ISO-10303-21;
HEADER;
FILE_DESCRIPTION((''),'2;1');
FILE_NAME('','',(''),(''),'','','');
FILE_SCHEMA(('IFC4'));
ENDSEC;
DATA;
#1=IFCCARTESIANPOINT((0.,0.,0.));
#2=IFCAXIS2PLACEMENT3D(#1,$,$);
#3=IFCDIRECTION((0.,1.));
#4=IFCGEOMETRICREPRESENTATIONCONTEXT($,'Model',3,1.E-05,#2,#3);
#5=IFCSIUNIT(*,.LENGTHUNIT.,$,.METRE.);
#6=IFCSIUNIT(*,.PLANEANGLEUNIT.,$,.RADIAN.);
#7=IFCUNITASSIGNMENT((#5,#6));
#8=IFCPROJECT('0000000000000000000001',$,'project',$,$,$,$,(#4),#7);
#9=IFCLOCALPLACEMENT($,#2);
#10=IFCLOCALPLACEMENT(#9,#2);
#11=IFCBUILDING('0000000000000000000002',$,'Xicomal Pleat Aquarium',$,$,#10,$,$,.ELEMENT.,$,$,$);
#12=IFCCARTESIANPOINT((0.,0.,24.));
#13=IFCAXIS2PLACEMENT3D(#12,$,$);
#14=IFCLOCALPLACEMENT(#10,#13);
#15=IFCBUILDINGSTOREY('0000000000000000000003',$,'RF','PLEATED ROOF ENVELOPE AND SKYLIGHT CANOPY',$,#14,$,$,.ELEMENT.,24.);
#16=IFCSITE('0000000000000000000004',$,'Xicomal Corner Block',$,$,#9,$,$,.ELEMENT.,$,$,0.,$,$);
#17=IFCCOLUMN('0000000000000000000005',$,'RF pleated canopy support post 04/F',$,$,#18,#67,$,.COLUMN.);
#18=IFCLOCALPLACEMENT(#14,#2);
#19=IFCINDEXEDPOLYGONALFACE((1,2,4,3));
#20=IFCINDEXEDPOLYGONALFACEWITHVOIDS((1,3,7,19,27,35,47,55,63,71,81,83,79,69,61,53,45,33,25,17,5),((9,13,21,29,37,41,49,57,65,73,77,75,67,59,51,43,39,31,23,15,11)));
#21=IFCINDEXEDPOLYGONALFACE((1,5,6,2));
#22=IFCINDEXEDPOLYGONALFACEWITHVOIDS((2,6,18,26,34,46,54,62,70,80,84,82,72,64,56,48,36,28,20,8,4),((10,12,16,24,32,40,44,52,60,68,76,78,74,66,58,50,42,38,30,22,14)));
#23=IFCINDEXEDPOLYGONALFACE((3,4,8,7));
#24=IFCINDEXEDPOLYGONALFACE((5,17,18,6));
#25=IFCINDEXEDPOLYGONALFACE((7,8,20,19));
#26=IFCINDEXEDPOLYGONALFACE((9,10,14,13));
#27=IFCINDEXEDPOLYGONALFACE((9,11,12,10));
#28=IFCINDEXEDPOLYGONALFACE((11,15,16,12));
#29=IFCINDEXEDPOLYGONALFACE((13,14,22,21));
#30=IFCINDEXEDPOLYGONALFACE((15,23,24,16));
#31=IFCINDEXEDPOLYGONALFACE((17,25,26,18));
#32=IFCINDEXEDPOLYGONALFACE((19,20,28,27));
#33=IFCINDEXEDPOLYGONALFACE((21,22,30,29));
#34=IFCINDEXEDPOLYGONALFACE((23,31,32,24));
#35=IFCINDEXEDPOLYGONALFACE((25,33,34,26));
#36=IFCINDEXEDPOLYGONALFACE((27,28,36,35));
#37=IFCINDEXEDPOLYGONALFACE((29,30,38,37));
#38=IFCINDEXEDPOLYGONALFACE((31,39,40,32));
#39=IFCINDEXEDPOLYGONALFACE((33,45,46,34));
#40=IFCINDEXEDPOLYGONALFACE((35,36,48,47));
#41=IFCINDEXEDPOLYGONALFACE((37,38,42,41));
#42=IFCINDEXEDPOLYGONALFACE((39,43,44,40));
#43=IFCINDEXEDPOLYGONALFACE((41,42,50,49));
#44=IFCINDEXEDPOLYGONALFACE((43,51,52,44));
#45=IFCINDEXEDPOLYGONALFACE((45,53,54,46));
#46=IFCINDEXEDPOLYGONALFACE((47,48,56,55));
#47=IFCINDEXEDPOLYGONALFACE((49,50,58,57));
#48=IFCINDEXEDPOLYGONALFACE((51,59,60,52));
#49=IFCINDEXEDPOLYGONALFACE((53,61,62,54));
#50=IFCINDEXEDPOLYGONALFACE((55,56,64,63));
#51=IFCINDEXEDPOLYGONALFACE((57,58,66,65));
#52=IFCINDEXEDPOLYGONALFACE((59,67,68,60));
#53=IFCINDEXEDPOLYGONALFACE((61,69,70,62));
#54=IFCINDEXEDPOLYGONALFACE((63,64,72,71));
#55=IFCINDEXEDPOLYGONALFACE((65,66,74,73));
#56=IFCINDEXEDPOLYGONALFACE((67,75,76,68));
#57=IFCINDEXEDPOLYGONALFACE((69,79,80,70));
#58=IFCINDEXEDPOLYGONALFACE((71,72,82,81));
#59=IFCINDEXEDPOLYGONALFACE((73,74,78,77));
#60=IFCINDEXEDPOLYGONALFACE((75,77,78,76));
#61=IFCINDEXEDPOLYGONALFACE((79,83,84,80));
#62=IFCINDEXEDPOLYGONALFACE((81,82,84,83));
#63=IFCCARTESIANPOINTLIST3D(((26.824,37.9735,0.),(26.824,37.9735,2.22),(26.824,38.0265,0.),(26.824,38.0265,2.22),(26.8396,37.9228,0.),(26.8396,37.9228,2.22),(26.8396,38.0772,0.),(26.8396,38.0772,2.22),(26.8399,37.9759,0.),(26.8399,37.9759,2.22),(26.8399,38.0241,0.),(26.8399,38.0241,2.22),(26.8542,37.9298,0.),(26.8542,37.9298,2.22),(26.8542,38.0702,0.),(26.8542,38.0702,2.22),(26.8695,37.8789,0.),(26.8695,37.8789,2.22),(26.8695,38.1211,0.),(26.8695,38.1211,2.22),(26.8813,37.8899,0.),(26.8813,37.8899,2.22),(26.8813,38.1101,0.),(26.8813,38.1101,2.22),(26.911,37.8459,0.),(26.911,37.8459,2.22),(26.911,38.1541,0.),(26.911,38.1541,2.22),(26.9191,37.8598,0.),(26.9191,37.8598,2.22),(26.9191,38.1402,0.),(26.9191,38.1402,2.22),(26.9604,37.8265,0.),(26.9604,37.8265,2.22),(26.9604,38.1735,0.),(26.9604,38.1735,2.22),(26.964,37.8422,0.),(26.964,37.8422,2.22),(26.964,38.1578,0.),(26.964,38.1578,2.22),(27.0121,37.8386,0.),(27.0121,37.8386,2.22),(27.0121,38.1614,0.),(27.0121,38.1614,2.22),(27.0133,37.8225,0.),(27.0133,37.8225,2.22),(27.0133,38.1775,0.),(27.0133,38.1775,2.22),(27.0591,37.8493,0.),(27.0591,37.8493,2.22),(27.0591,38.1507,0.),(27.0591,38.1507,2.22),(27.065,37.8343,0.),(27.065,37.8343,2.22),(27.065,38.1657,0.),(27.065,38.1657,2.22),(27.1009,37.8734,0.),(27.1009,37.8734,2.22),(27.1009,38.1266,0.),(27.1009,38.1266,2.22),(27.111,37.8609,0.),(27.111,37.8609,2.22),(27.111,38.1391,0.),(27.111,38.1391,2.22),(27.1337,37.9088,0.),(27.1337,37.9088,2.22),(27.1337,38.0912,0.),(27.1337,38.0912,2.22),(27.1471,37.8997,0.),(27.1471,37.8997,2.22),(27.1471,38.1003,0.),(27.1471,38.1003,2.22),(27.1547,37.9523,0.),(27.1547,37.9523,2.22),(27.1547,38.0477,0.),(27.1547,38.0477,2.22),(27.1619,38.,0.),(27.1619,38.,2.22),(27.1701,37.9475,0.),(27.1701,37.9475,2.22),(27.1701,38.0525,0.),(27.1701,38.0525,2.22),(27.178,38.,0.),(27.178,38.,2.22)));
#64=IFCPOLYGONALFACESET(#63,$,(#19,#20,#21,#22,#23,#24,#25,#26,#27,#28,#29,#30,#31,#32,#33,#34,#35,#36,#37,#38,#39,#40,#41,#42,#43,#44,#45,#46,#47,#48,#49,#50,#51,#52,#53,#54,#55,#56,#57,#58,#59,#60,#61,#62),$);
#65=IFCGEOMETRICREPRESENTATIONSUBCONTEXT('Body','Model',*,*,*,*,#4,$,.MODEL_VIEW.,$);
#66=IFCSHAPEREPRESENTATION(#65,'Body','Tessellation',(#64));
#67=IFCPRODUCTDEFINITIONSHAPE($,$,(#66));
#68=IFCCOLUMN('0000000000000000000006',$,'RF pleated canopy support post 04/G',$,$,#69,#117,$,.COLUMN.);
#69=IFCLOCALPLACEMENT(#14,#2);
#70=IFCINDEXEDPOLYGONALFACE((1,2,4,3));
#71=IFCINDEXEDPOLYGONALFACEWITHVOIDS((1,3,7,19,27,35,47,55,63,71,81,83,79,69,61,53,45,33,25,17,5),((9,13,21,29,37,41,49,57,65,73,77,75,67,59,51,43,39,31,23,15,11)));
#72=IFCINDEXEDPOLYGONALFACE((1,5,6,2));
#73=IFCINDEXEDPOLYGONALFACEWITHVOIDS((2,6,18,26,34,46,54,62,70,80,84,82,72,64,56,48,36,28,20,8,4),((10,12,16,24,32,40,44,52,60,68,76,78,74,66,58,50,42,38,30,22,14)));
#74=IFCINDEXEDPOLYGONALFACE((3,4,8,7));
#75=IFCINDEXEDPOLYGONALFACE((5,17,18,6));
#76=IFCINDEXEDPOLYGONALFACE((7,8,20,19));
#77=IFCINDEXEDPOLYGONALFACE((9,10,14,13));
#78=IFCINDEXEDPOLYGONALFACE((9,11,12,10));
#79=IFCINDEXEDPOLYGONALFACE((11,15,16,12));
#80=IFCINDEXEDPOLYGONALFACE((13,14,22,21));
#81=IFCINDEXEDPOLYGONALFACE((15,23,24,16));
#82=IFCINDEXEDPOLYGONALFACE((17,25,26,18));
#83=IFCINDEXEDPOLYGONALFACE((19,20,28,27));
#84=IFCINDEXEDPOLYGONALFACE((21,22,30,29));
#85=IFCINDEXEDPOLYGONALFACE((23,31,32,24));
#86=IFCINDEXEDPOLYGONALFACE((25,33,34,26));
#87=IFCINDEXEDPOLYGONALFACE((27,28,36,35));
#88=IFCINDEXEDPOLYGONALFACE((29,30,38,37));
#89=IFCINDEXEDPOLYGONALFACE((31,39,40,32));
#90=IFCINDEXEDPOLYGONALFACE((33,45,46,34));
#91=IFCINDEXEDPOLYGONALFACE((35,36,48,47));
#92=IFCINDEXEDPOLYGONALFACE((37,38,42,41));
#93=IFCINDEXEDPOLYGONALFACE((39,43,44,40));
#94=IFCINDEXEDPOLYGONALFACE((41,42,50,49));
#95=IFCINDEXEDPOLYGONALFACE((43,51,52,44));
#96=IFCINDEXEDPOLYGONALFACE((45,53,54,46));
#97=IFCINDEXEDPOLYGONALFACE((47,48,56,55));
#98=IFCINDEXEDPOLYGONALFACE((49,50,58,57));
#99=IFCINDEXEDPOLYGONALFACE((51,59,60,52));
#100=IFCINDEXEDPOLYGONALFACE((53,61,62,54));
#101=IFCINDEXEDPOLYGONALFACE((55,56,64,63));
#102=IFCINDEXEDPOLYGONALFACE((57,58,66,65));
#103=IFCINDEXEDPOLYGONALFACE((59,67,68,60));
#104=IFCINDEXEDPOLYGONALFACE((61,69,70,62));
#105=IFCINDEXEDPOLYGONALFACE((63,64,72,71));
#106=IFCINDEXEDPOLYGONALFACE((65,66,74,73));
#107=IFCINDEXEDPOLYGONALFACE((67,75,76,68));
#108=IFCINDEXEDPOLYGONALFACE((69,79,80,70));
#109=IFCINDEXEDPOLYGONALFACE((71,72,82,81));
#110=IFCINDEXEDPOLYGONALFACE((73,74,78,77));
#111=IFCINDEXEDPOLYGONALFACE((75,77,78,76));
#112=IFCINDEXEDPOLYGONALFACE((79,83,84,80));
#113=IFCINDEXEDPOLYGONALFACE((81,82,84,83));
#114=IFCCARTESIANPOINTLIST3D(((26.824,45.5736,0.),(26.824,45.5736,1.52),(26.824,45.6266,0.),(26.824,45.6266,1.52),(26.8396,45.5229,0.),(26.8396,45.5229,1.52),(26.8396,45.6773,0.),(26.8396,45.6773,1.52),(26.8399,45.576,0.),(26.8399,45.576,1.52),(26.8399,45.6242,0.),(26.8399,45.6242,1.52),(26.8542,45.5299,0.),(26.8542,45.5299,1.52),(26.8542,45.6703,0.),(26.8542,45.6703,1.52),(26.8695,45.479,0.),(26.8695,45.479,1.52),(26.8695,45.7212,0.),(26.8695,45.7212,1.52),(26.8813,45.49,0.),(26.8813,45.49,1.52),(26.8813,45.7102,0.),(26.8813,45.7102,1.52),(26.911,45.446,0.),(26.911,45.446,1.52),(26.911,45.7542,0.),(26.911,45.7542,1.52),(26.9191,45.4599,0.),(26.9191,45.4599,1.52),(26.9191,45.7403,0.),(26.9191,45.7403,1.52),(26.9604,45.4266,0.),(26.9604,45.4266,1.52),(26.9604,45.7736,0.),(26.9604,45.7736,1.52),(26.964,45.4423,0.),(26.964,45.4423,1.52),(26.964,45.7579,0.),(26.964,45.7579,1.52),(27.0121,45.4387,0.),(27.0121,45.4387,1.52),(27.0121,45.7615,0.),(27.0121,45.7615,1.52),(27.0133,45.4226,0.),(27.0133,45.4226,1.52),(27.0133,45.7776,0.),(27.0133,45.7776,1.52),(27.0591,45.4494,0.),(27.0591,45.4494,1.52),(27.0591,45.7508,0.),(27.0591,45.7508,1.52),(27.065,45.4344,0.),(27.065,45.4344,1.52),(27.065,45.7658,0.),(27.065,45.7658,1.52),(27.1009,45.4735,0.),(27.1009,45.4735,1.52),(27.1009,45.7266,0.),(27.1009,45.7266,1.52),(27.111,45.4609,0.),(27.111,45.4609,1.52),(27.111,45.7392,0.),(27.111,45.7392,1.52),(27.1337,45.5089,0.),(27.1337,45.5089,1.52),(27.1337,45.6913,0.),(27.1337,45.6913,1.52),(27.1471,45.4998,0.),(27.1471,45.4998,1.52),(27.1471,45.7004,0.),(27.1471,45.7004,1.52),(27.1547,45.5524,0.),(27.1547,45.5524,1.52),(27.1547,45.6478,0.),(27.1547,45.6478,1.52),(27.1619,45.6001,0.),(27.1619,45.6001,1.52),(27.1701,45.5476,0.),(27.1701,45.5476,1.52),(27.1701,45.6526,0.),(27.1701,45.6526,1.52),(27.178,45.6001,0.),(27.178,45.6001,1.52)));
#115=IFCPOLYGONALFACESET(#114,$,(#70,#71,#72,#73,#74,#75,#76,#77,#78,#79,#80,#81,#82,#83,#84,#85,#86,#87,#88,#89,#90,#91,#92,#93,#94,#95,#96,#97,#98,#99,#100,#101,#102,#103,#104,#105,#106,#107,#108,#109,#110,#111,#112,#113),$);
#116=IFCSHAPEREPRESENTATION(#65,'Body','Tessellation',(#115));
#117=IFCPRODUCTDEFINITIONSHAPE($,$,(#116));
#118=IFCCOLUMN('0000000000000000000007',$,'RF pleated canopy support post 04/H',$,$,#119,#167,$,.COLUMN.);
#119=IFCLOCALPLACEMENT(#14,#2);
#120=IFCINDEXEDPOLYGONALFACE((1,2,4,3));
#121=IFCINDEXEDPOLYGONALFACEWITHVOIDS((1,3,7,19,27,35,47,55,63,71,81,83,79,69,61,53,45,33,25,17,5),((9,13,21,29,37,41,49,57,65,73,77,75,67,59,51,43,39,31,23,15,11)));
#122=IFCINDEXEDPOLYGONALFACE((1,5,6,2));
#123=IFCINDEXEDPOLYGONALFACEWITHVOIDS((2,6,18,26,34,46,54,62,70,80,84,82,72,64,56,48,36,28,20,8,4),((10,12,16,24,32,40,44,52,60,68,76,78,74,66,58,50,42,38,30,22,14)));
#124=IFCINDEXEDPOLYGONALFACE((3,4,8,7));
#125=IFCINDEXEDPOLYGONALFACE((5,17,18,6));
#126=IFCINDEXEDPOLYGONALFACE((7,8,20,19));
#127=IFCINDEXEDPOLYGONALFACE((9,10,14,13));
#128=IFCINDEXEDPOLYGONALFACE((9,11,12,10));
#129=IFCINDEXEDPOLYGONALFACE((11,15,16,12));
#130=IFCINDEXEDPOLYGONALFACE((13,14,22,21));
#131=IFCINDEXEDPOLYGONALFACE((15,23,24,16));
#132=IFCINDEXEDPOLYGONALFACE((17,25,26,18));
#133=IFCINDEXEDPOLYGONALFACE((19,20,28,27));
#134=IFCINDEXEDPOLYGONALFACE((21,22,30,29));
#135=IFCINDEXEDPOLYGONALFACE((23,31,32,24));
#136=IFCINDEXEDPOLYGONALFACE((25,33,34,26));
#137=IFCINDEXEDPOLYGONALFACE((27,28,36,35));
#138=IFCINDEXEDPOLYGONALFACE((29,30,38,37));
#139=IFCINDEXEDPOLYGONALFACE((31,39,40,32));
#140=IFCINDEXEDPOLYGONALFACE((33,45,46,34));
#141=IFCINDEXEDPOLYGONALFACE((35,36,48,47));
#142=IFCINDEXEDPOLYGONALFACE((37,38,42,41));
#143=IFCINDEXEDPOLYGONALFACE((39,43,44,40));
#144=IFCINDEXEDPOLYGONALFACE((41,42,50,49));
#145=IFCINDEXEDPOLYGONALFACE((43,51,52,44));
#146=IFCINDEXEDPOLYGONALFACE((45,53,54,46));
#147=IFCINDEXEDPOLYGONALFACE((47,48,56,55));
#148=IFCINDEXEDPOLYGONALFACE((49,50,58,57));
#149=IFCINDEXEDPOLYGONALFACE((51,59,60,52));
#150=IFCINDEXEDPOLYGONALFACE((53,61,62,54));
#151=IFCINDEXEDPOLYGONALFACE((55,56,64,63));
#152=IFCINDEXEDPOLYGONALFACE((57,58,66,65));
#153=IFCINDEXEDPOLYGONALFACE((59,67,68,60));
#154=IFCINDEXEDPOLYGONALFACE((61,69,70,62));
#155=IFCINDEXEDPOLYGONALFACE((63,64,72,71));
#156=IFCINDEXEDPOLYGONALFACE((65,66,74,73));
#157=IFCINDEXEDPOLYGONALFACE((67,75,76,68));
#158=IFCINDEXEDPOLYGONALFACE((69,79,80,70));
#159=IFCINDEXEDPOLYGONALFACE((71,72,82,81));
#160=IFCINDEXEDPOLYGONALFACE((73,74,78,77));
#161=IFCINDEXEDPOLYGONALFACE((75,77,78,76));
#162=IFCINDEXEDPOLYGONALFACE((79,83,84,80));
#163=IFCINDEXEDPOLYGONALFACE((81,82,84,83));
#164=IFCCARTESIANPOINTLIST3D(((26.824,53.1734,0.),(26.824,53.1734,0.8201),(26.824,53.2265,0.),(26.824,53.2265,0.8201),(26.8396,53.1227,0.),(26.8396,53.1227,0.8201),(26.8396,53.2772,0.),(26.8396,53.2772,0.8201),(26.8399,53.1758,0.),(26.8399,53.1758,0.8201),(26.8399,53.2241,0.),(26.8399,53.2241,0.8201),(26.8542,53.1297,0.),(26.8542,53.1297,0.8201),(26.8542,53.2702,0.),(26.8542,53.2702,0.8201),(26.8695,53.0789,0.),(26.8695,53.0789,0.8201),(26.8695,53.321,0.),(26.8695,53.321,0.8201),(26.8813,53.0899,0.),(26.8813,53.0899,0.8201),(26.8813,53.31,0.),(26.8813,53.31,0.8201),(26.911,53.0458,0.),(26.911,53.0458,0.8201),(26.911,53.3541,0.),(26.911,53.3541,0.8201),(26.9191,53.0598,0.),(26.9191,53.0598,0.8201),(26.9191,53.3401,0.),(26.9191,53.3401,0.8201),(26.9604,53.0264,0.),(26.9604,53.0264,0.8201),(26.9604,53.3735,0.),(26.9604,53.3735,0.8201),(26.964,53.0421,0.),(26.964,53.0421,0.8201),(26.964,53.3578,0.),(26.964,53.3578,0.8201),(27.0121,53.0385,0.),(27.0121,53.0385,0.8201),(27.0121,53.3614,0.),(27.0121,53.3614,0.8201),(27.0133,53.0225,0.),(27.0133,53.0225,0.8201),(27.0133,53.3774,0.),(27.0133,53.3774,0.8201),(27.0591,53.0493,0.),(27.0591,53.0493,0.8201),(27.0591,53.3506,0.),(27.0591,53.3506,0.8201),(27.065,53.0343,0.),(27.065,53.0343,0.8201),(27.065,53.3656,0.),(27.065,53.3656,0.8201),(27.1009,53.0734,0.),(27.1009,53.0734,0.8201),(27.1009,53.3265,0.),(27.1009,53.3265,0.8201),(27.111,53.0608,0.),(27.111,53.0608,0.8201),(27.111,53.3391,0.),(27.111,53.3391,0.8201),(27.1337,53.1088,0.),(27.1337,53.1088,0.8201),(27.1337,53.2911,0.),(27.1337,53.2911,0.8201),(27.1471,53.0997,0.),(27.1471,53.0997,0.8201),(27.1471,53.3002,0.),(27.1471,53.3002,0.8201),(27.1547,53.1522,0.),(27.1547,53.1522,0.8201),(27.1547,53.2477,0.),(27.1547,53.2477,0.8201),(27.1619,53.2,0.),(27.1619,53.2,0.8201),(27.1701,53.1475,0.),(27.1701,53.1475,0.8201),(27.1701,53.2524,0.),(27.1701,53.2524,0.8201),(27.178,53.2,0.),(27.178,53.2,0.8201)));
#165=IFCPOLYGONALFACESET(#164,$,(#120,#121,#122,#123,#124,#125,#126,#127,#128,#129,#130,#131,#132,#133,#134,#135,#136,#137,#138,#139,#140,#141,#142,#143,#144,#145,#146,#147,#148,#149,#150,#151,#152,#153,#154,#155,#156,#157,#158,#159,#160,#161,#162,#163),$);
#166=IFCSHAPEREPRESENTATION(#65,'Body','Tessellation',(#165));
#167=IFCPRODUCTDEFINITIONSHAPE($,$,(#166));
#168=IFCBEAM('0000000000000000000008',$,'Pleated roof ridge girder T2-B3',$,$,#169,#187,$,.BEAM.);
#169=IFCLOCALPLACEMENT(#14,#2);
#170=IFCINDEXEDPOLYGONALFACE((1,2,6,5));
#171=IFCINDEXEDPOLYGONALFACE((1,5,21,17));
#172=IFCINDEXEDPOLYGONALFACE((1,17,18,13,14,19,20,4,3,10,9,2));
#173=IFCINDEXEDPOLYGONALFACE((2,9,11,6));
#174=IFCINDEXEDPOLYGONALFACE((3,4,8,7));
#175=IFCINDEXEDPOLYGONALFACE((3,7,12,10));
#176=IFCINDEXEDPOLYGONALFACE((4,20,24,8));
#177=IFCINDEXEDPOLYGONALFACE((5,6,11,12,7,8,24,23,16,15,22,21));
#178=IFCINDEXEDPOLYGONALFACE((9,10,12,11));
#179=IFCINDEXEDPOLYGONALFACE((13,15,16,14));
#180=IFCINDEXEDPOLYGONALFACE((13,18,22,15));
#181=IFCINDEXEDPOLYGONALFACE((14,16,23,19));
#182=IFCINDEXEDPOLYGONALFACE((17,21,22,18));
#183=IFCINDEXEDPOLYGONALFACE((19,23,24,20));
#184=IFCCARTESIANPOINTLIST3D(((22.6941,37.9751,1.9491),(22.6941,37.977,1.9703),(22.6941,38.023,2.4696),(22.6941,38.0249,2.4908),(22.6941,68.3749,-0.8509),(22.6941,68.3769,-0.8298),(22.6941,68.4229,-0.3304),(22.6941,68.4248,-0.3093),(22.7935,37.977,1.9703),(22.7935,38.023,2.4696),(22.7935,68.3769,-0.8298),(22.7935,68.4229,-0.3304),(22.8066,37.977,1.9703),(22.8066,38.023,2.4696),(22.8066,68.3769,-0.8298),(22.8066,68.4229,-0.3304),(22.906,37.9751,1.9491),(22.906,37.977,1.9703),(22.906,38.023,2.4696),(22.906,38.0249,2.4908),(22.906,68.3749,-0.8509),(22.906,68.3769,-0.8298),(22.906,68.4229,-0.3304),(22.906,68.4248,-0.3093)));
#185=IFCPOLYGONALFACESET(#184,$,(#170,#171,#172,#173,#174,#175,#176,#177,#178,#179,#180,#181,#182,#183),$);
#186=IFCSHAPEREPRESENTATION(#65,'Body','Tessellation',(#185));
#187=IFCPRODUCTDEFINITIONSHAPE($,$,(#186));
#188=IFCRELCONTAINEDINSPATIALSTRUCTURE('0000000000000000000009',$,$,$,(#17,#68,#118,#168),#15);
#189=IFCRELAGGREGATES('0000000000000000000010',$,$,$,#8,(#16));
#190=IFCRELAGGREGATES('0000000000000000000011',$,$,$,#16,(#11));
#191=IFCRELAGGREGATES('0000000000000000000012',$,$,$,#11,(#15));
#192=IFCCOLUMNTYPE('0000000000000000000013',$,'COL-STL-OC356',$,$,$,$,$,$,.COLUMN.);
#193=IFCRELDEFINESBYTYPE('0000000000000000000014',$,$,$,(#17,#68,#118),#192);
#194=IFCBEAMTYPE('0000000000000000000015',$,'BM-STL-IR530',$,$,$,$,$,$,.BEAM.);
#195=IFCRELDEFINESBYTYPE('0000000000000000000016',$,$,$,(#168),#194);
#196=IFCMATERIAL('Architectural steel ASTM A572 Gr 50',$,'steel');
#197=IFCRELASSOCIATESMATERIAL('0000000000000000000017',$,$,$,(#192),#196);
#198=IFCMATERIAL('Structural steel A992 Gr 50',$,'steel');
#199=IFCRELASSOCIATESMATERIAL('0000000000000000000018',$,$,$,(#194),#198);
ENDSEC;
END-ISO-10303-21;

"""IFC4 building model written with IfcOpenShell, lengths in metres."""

from ifc_helpers import new_model, si_unit, direction, frame, origin, origin_2d, place, context, subcontext, project, spatial, hollow_circle, i_section, extrude, material, material_profile, profile_set, type_object, element, save


model = new_model("IFC4")

# Units and contexts
model_context = context("Model", 3, precision=1e-05, world=origin(), true_north=direction((0.0, 1.0)))
body_context = subcontext(model_context, "Body", "Model", "MODEL_VIEW")
ifc_project = project(units=[si_unit("LENGTHUNIT", "METRE"), si_unit("PLANEANGLEUNIT", "RADIAN")], contexts=[model_context])

# Site, building, storey
site_placement = place(None, origin())
site = spatial("IfcSite", under=ifc_project, at=site_placement, Name="Xicomal Corner Block", CompositionType="ELEMENT", RefElevation=0.0)
building_placement = place(site_placement, origin())
building = spatial("IfcBuilding", under=site, at=building_placement, Name="Xicomal Pleat Aquarium", CompositionType="ELEMENT")
storey_placement = place(building_placement, frame((0.0, 0.0, 24.0)))
storey = spatial("IfcBuildingStorey", under=building, at=storey_placement, Name="RF", Description="PLEATED ROOF ENVELOPE AND SKYLIGHT CANOPY", CompositionType="ELEMENT", Elevation=24.0)

# Columns
ifc_material_1 = material(Name="Architectural steel ASTM A572 Gr 50", Category="steel")
ifc_material_profile_1 = material_profile(ifc_material_1, hollow_circle(Radius=0.178, WallThickness=0.0161, at=origin_2d()), Name="OC 356x16")
ifc_profile_set_1 = profile_set([ifc_material_profile_1], Name="Architectural steel ASTM A572 Gr 50")
column_type = type_object("IfcColumnType", Name="COL-STL-OC356", PredefinedType="COLUMN", material=ifc_profile_set_1)
column_1_placement = place(storey_placement, frame((27.0, 38.0, 0.0), z_axis=(0.0, 0.0, 1.0), x_axis=(1.0, 0.0, 0.0)))
element("IfcColumn", 1, at=column_1_placement, inside=storey, type_object=column_type, Name="RF pleated canopy support post 04/F", PredefinedType="COLUMN", context=body_context, shape_type="SweptSolid", body=[
    extrude(hollow_circle(Radius=0.178, WallThickness=0.0161, at=origin_2d()), origin(), (0.0, 0.0, 1.0), 2.22),
])
column_2_placement = place(storey_placement, frame((27.0, 45.6001, 0.0), z_axis=(0.0, 0.0, 1.0), x_axis=(1.0, 0.0, 0.0)))
element("IfcColumn", 2, at=column_2_placement, inside=storey, type_object=column_type, Name="RF pleated canopy support post 04/G", PredefinedType="COLUMN", context=body_context, shape_type="SweptSolid", body=[
    extrude(hollow_circle(Radius=0.178, WallThickness=0.0161, at=origin_2d()), origin(), (0.0, 0.0, 1.0), 1.52),
])
column_3_placement = place(storey_placement, frame((27.0, 53.2, 0.0), z_axis=(0.0, 0.0, 1.0), x_axis=(1.0, 0.0, 0.0)))
element("IfcColumn", 3, at=column_3_placement, inside=storey, type_object=column_type, Name="RF pleated canopy support post 04/H", PredefinedType="COLUMN", context=body_context, shape_type="SweptSolid", body=[
    extrude(hollow_circle(Radius=0.178, WallThickness=0.0161, at=origin_2d()), origin(), (0.0, 0.0, 1.0), 0.8201),
])

# Beam
ifc_material_2 = material(Name="Structural steel A992 Gr 50", Category="steel")
ifc_material_profile_2 = material_profile(ifc_material_2, i_section(OverallWidth=0.2119, OverallDepth=0.5439, WebThickness=0.0132, FlangeThickness=0.0212, at=origin_2d()), Name="IR 530x123")
ifc_profile_set_2 = profile_set([ifc_material_profile_2], Name="Structural steel A992 Gr 50")
beam_type_1 = type_object("IfcBeamType", Name="BM-STL-IR530", PredefinedType="BEAM", material=ifc_profile_set_2)
beam_1_placement = place(storey_placement, frame((22.8, 38.0, 2.22), z_axis=(0.0, 0.995785, -0.091719), x_axis=(-1.0, 0.0, 0.0)))
element("IfcBeam", 4, at=beam_1_placement, inside=storey, type_object=beam_type_1, Name="Pleated roof ridge girder T2-B3", PredefinedType="BEAM", context=body_context, shape_type="SweptSolid", body=[
    extrude(i_section(OverallWidth=0.2119, OverallDepth=0.5439, WebThickness=0.0132, FlangeThickness=0.0212, at=origin_2d()), origin(), (0.0, 0.0, 1.0), 30.5286),
])

save(model, "model.ifc")
